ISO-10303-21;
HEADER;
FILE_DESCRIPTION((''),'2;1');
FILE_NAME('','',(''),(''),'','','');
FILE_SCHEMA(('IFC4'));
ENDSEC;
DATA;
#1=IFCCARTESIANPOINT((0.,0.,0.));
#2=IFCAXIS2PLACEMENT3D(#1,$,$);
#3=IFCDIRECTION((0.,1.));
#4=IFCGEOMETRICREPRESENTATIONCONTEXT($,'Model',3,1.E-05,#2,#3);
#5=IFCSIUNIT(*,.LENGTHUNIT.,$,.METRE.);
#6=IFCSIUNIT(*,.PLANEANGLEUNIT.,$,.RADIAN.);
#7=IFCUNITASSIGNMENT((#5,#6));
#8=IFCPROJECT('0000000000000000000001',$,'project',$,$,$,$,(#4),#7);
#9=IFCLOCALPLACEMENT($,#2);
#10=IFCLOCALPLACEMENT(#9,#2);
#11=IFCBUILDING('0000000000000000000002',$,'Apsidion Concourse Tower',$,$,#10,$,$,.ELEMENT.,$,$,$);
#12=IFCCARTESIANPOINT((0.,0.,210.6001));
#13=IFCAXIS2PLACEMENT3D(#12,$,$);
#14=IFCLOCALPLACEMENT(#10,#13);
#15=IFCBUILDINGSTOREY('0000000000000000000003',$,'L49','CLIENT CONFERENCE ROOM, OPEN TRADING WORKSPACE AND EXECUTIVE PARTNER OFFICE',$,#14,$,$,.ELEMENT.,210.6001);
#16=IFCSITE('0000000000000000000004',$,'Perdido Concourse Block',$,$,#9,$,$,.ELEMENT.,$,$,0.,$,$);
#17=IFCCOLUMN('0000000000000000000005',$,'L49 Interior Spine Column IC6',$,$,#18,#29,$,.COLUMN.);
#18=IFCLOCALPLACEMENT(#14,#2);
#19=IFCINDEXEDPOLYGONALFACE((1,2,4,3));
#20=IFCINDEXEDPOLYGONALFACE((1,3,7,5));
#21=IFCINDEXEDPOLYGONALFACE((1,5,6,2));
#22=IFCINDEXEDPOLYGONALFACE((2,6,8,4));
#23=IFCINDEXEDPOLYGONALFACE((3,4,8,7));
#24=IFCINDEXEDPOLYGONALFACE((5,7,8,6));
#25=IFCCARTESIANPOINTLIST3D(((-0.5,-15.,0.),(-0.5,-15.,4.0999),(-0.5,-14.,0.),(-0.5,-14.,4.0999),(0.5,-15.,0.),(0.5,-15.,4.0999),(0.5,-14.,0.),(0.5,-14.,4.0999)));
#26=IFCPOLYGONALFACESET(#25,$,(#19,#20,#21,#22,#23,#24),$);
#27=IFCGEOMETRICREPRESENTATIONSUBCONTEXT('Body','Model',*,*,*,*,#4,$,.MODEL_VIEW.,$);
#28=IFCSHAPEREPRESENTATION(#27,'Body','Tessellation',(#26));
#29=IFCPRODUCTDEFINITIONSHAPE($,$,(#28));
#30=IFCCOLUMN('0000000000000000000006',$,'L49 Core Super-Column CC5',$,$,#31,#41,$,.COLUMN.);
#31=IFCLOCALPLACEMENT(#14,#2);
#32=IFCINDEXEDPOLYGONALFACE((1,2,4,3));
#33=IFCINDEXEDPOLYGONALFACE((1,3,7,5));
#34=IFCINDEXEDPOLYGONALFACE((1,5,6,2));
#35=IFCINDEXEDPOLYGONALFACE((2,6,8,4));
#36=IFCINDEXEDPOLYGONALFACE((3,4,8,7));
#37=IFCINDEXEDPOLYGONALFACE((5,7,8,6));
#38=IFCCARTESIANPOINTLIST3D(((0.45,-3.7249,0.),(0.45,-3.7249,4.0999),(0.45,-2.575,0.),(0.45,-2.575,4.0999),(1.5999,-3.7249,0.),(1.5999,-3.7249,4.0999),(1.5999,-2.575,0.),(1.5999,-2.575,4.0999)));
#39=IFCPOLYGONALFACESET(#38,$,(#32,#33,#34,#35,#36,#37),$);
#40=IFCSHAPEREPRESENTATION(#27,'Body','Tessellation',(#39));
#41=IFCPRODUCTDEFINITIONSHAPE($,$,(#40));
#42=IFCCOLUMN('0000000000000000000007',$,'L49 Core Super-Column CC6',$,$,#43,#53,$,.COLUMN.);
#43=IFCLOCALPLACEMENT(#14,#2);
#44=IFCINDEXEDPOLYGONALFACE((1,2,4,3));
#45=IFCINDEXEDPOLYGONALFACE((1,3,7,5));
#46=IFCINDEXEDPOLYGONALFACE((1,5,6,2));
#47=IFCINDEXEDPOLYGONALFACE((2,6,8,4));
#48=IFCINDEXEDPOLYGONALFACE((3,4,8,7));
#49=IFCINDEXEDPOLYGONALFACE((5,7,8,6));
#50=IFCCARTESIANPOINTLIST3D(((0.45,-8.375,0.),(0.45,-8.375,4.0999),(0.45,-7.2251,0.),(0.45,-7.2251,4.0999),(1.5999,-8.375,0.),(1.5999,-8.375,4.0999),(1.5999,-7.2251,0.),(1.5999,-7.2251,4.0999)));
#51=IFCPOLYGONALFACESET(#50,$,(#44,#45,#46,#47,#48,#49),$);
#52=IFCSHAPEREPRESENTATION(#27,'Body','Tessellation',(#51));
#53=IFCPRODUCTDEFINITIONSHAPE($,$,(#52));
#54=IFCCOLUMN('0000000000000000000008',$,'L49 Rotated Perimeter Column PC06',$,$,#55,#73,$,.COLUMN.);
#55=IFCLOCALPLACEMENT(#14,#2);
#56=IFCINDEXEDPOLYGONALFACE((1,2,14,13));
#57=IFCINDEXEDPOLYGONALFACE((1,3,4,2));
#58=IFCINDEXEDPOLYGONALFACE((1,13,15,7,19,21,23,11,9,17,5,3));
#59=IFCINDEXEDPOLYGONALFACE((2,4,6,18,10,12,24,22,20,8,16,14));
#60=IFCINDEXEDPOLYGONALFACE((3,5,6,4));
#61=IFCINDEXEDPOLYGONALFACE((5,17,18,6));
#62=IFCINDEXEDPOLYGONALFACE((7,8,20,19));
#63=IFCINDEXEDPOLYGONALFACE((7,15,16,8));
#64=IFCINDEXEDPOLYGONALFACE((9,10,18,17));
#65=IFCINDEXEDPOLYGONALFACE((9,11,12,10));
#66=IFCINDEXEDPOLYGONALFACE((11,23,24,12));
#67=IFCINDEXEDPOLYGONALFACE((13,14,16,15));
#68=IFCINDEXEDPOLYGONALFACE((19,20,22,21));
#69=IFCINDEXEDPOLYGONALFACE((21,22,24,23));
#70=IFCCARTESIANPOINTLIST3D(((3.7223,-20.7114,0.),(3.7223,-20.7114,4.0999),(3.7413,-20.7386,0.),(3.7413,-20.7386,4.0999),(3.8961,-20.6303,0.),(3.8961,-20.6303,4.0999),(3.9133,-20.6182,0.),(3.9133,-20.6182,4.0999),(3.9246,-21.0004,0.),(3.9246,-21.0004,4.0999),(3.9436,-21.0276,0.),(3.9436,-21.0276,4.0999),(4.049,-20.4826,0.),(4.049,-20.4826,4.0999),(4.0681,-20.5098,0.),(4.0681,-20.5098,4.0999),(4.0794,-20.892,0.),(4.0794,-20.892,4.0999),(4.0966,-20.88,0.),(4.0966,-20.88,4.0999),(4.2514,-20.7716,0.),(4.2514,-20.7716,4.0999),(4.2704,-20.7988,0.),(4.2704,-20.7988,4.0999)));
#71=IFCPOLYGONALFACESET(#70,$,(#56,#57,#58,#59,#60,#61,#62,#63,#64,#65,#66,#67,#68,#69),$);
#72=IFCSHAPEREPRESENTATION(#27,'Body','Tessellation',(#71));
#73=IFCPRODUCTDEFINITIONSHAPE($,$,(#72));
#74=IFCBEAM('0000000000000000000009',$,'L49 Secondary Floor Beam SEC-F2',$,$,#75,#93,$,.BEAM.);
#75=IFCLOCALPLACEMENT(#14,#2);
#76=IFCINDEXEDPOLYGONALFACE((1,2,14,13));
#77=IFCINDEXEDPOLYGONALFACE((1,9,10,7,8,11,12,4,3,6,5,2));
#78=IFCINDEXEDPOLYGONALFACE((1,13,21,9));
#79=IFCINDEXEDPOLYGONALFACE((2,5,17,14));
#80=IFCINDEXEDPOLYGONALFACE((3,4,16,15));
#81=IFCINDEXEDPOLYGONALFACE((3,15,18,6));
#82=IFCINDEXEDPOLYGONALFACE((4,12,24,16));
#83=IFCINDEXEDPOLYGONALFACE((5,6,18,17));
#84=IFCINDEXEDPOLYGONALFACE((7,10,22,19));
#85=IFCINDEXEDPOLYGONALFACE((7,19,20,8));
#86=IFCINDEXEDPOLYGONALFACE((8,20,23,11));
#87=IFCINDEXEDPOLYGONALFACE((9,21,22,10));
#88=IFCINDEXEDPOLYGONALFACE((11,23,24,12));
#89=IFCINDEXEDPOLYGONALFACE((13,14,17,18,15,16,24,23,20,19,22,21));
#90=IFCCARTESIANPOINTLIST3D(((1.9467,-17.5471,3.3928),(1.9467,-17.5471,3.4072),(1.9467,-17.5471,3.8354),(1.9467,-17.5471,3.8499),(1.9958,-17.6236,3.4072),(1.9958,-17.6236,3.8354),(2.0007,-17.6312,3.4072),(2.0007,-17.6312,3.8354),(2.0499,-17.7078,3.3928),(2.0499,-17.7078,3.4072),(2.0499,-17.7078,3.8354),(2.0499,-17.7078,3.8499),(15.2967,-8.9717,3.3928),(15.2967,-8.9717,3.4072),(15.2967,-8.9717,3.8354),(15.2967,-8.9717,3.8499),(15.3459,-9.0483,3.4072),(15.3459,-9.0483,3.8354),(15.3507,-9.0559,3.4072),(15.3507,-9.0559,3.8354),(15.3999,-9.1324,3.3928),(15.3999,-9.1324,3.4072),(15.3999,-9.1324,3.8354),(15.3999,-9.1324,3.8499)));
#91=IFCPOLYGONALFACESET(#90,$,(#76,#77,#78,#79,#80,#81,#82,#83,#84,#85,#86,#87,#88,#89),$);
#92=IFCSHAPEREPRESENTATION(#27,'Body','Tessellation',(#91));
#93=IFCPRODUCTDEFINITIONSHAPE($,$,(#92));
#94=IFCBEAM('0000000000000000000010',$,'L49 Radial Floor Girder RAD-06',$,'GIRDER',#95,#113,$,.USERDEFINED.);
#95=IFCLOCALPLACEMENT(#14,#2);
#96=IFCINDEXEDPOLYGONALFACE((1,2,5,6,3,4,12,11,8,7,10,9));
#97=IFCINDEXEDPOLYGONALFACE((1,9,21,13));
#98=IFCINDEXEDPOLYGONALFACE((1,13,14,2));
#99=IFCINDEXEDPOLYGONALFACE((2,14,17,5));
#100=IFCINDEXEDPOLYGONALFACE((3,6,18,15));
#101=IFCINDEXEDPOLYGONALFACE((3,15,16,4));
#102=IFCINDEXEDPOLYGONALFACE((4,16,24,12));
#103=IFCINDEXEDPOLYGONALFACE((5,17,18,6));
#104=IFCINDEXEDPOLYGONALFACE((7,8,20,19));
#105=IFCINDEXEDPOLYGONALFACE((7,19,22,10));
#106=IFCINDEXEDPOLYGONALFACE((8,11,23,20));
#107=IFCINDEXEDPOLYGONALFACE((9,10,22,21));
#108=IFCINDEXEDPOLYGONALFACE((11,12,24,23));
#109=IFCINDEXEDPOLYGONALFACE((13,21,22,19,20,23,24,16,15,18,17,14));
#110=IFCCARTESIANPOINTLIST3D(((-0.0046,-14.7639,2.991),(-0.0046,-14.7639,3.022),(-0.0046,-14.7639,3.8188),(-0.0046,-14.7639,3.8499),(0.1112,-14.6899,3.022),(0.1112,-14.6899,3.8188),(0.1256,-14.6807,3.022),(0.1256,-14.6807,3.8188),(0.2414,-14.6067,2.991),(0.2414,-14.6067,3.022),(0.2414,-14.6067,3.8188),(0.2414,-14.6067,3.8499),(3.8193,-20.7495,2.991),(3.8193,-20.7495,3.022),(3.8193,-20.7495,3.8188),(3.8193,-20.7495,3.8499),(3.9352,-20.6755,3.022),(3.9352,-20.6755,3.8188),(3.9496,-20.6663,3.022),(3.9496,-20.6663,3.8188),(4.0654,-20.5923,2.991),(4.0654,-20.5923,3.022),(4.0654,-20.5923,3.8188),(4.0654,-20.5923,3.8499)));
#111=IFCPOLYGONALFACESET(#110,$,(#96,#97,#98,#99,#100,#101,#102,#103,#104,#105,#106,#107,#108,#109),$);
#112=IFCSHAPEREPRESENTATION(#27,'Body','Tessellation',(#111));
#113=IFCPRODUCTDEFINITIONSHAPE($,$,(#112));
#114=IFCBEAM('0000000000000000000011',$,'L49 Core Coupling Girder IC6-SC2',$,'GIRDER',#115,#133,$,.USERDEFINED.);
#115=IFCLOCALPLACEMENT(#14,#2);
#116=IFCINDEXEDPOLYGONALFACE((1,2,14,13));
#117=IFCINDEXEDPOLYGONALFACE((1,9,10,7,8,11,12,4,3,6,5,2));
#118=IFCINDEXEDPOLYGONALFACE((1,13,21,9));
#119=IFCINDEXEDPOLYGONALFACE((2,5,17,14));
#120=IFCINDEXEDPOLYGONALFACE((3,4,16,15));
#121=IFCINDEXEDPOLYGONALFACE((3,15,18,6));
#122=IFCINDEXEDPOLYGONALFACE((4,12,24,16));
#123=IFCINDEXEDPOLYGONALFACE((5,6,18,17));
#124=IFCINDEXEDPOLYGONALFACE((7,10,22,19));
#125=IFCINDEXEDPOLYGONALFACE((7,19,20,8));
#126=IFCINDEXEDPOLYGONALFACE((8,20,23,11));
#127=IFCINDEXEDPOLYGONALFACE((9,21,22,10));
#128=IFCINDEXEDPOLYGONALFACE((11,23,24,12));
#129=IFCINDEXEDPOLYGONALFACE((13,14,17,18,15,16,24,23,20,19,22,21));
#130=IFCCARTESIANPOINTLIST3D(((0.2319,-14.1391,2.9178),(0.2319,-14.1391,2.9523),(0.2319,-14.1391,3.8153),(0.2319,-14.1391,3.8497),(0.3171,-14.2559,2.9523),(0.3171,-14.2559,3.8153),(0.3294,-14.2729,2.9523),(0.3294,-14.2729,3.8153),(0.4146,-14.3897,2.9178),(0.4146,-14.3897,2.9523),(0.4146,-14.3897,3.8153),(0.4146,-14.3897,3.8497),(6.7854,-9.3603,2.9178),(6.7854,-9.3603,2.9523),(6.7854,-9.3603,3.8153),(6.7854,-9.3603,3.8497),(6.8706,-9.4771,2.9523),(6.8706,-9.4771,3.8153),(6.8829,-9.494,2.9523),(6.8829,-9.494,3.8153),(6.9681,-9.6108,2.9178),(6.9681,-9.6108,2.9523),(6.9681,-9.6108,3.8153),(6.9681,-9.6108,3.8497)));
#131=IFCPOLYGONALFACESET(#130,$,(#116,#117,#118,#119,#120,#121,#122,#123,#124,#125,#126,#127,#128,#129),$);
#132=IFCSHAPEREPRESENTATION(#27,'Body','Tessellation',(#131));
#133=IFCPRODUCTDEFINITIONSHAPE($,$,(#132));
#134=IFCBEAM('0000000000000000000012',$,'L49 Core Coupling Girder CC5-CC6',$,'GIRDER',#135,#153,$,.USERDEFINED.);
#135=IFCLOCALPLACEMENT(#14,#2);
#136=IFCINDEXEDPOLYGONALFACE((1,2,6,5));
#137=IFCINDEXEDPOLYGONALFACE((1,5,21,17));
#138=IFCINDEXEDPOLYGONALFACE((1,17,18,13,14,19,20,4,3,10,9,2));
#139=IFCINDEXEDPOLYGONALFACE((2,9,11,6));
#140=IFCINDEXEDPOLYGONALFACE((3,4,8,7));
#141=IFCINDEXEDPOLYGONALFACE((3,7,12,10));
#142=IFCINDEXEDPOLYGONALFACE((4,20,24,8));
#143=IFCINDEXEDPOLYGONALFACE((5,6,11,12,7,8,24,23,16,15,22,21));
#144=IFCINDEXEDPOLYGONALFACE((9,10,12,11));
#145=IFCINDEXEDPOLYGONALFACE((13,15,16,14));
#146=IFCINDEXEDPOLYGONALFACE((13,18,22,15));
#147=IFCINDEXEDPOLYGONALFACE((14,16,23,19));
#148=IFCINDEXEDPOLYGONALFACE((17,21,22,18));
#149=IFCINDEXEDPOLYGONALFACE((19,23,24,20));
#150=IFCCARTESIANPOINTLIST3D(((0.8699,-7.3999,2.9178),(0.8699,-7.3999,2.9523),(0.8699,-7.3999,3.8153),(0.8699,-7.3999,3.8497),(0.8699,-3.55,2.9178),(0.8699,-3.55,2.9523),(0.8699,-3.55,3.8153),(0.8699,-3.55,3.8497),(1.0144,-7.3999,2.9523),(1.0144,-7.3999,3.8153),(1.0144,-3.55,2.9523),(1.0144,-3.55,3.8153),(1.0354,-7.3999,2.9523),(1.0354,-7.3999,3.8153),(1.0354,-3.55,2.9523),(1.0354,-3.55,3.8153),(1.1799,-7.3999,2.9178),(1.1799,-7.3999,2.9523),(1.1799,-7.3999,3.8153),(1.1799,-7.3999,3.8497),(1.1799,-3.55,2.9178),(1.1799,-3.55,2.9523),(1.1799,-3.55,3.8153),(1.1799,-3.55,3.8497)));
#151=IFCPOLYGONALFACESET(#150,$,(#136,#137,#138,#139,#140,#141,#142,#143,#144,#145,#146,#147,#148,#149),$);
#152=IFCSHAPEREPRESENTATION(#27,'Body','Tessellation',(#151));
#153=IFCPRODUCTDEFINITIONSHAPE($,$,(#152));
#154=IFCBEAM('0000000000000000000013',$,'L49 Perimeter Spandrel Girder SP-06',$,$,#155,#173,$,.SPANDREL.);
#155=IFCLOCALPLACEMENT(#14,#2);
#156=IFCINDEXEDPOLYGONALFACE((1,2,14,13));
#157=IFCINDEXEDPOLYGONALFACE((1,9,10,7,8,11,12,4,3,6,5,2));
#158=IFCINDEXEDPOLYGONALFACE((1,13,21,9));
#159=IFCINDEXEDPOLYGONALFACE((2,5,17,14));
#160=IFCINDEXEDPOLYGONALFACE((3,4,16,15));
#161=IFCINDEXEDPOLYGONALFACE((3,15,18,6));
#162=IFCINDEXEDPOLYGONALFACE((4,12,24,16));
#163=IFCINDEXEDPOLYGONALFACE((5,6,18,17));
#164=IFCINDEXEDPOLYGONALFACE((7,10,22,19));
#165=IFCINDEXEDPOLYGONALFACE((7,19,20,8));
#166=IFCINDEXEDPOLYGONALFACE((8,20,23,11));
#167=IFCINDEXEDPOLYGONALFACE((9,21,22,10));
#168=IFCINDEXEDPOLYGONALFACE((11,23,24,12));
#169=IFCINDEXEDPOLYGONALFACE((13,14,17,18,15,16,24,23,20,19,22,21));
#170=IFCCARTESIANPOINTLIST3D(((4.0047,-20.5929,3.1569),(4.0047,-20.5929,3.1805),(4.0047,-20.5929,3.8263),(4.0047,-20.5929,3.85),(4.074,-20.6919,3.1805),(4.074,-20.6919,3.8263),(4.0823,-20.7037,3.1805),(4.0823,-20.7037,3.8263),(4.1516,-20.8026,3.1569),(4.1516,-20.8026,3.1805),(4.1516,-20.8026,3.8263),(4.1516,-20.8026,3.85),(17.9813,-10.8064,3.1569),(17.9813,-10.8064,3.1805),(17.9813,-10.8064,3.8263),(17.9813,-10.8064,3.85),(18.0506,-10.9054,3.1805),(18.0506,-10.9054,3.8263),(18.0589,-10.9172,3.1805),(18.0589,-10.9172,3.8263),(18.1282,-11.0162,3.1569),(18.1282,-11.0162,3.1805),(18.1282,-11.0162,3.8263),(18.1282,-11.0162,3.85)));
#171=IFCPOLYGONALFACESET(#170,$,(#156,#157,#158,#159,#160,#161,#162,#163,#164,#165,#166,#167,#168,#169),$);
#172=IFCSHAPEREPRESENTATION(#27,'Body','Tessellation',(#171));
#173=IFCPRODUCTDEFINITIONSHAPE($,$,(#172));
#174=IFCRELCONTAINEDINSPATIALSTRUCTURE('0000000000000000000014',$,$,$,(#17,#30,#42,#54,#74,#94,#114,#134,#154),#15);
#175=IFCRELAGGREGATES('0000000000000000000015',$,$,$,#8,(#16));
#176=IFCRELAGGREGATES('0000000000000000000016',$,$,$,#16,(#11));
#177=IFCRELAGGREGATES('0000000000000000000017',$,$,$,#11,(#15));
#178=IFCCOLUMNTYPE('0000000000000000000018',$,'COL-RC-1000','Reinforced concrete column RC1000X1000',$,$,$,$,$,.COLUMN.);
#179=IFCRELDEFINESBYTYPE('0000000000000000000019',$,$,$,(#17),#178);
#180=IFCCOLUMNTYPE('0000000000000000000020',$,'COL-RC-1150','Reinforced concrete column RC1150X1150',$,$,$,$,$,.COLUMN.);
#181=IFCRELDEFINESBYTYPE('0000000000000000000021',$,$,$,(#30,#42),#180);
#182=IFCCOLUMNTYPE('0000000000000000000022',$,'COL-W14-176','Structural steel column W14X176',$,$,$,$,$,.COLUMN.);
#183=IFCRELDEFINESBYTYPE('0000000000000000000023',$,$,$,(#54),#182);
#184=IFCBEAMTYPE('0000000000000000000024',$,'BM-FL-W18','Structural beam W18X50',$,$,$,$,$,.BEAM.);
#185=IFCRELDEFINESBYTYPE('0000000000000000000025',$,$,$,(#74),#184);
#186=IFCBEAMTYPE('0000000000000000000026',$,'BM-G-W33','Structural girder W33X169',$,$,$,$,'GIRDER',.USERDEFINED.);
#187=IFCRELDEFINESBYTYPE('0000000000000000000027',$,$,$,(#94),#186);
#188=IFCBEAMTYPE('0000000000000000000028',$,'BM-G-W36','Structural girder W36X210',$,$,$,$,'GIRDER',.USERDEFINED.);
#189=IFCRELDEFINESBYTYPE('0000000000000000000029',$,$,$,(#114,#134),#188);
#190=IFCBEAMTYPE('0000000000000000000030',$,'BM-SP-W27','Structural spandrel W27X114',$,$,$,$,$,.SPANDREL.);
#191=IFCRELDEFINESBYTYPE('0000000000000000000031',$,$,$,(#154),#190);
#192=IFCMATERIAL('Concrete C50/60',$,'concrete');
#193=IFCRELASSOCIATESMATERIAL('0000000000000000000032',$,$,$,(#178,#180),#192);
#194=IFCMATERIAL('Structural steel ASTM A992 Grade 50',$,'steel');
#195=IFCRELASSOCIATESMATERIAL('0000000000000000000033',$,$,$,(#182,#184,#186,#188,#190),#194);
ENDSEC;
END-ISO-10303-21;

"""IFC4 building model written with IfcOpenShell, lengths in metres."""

from ifc_helpers import new_model, si_unit, direction, frame, origin, origin_2d, place, context, subcontext, project, spatial, rectangle, i_section, extrude, material, material_profile, profile_set, type_object, element, save


model = new_model("IFC4")

# Units and contexts
model_context = context("Model", 3, precision=1e-05, world=origin(), true_north=direction((0.0, 1.0)))
body_context = subcontext(model_context, "Body", "Model", "MODEL_VIEW")
ifc_project = project(units=[si_unit("LENGTHUNIT", "METRE"), si_unit("PLANEANGLEUNIT", "RADIAN")], contexts=[model_context])

# Site, building, storey
site_placement = place(None, origin())
site = spatial("IfcSite", under=ifc_project, at=site_placement, Name="Perdido Concourse Block", CompositionType="ELEMENT", RefElevation=0.0)
building_placement = place(site_placement, origin())
building = spatial("IfcBuilding", under=site, at=building_placement, Name="Apsidion Concourse Tower", CompositionType="ELEMENT")
storey_placement = place(building_placement, frame((0.0, 0.0, 210.6001)))
storey = spatial("IfcBuildingStorey", under=building, at=storey_placement, Name="L49", Description="CLIENT CONFERENCE ROOM, OPEN TRADING WORKSPACE AND EXECUTIVE PARTNER OFFICE", CompositionType="ELEMENT", Elevation=210.6001)

# Columns
ifc_material_1 = material(Name="Concrete C50/60", Category="concrete")
ifc_material_profile_1 = material_profile(ifc_material_1, rectangle(XDim=1.0, YDim=1.0, at=origin_2d()), Name="RC 1000x1000")
ifc_profile_set_1 = profile_set([ifc_material_profile_1], Name="Concrete C50/60")
column_type_1 = type_object("IfcColumnType", Name="COL-RC-1000", Description="Reinforced concrete column RC1000X1000", PredefinedType="COLUMN", material=ifc_profile_set_1)
column_1_placement = place(storey_placement, frame((0.0, -14.5, 0.0), z_axis=(0.0, 0.0, 1.0), x_axis=(1.0, 0.0, 0.0)))
element("IfcColumn", 1, at=column_1_placement, inside=storey, type_object=column_type_1, Name="L49 Interior Spine Column IC6", PredefinedType="COLUMN", context=body_context, shape_type="SweptSolid", body=[
    extrude(rectangle(XDim=1.0, YDim=1.0, at=origin_2d()), origin(), (0.0, 0.0, 1.0), 4.0999),
])
ifc_material_profile_2 = material_profile(ifc_material_1, rectangle(XDim=1.1499, YDim=1.1499, at=origin_2d()), Name="RC 1150x1150")
ifc_profile_set_2 = profile_set([ifc_material_profile_2], Name="Concrete C50/60")
column_type_2 = type_object("IfcColumnType", Name="COL-RC-1150", Description="Reinforced concrete column RC1150X1150", PredefinedType="COLUMN", material=ifc_profile_set_2)
for number, where, z_axis, x_axis, name in (
    (2, (1.0249, -3.1499, 0.0), (0.0, 0.0, 1.0), (1.0, 0.0, 0.0), "L49 Core Super-Column CC5"),
    (3, (1.0249, -7.8, 0.0), (0.0, 0.0, 1.0), (1.0, 0.0, 0.0), "L49 Core Super-Column CC6"),
):
    element("IfcColumn", number, at=place(storey_placement, frame(where, z_axis=z_axis, x_axis=x_axis)), inside=storey, type_object=column_type_2, Name=name, PredefinedType="COLUMN", context=body_context, shape_type="SweptSolid", body=[
        extrude(rectangle(XDim=1.1499, YDim=1.1499, at=origin_2d()), origin(), (0.0, 0.0, 1.0), 4.0999),
    ])
ifc_material_2 = material(Name="Structural steel ASTM A992 Grade 50", Category="steel")
ifc_material_profile_3 = material_profile(ifc_material_2, i_section(OverallWidth=0.3989, OverallDepth=0.386, WebThickness=0.021, FlangeThickness=0.0332, at=origin_2d()), Name="W14X176")
ifc_profile_set_3 = profile_set([ifc_material_profile_3], Name="Structural steel ASTM A992 Grade 50")
column_type_3 = type_object("IfcColumnType", Name="COL-W14-176", Description="Structural steel column W14X176", PredefinedType="COLUMN", material=ifc_profile_set_3)
column_2_placement = place(storey_placement, frame((3.9963, -20.7551, 0.0), z_axis=(0.0, 0.0, 1.0), x_axis=(0.819152, 0.573576, 0.0)))
element("IfcColumn", 4, at=column_2_placement, inside=storey, type_object=column_type_3, Name="L49 Rotated Perimeter Column PC06", PredefinedType="COLUMN", context=body_context, shape_type="SweptSolid", body=[
    extrude(i_section(OverallWidth=0.3989, OverallDepth=0.386, WebThickness=0.021, FlangeThickness=0.0332, at=origin_2d()), origin(), (0.0, 0.0, 1.0), 4.0999),
])

# Beams
ifc_material_profile_4 = material_profile(ifc_material_2, i_section(OverallWidth=0.1909, OverallDepth=0.457, WebThickness=0.009, FlangeThickness=0.0144, at=origin_2d()), Name="W18X50")
ifc_profile_set_4 = profile_set([ifc_material_profile_4], Name="Structural steel ASTM A992 Grade 50")
beam_type_1 = type_object("IfcBeamType", Name="BM-FL-W18", Description="Structural beam W18X50", PredefinedType="BEAM", material=ifc_profile_set_4)
beam_1_placement = place(storey_placement, frame((1.9983, -17.6274, 3.6213), z_axis=(0.841372, 0.540456, 0.0), x_axis=(-0.540456, 0.841372, 0.0)))
element("IfcBeam", 5, at=beam_1_placement, inside=storey, type_object=beam_type_1, Name="L49 Secondary Floor Beam SEC-F2", PredefinedType="BEAM", context=body_context, shape_type="SweptSolid", body=[
    extrude(i_section(OverallWidth=0.1909, OverallDepth=0.457, WebThickness=0.009, FlangeThickness=0.0144, at=origin_2d()), origin(), (0.0, 0.0, 1.0), 15.8669),
])
ifc_material_profile_5 = material_profile(ifc_material_2, i_section(OverallWidth=0.292, OverallDepth=0.8589, WebThickness=0.0171, FlangeThickness=0.031, at=origin_2d()), Name="W33X169")
ifc_profile_set_5 = profile_set([ifc_material_profile_5], Name="Structural steel ASTM A992 Grade 50")
beam_type_2 = type_object("IfcBeamType", Name="BM-G-W33", Description="Structural girder W33X169", ElementType="GIRDER", PredefinedType="USERDEFINED", material=ifc_profile_set_5)
beam_2_placement = place(storey_placement, frame((0.1184, -14.6853, 3.4204), z_axis=(0.538374, -0.842706, 0.0), x_axis=(0.842706, 0.538374, 0.0)))
element("IfcBeam", 6, at=beam_2_placement, inside=storey, type_object=beam_type_2, Name="L49 Radial Floor Girder RAD-06", ObjectType="GIRDER", PredefinedType="USERDEFINED", context=body_context, shape_type="SweptSolid", body=[
    extrude(i_section(OverallWidth=0.292, OverallDepth=0.8589, WebThickness=0.0171, FlangeThickness=0.031, at=origin_2d()), origin(), (0.0, 0.0, 1.0), 7.1028),
])
ifc_material_profile_6 = material_profile(ifc_material_2, i_section(OverallWidth=0.3101, OverallDepth=0.9319, WebThickness=0.021, FlangeThickness=0.0344, at=origin_2d()), Name="W36X210")
ifc_profile_set_6 = profile_set([ifc_material_profile_6], Name="Structural steel ASTM A992 Grade 50")
beam_type_3 = type_object("IfcBeamType", Name="BM-G-W36", Description="Structural girder W36X210", ElementType="GIRDER", PredefinedType="USERDEFINED", material=ifc_profile_set_6)
beam_3_placement = place(storey_placement, frame((0.3232, -14.2644, 3.3838), z_axis=(0.807993, 0.589191, 0.0), x_axis=(-0.589191, 0.807993, 0.0)))
element("IfcBeam", 7, at=beam_3_placement, inside=storey, type_object=beam_type_3, Name="L49 Core Coupling Girder IC6-SC2", ObjectType="GIRDER", PredefinedType="USERDEFINED", context=body_context, shape_type="SweptSolid", body=[
    extrude(i_section(OverallWidth=0.3101, OverallDepth=0.9319, WebThickness=0.021, FlangeThickness=0.0344, at=origin_2d()), origin(), (0.0, 0.0, 1.0), 8.1108),
])
beam_4_placement = place(storey_placement, frame((1.0249, -3.55, 3.3838), z_axis=(0.0, -1.0, 0.0), x_axis=(1.0, 0.0, 0.0)))
element("IfcBeam", 8, at=beam_4_placement, inside=storey, type_object=beam_type_3, Name="L49 Core Coupling Girder CC5-CC6", ObjectType="GIRDER", PredefinedType="USERDEFINED", context=body_context, shape_type="SweptSolid", body=[
    extrude(i_section(OverallWidth=0.3101, OverallDepth=0.9319, WebThickness=0.021, FlangeThickness=0.0344, at=origin_2d()), origin(), (0.0, 0.0, 1.0), 3.8499),
])
ifc_material_profile_7 = material_profile(ifc_material_2, i_section(OverallWidth=0.2561, OverallDepth=0.6931, WebThickness=0.0144, FlangeThickness=0.0237, at=origin_2d()), Name="W27X114")
ifc_profile_set_7 = profile_set([ifc_material_profile_7], Name="Structural steel ASTM A992 Grade 50")
beam_type_4 = type_object("IfcBeamType", Name="BM-SP-W27", Description="Structural spandrel W27X114", PredefinedType="SPANDREL", material=ifc_profile_set_7)
beam_5_placement = place(storey_placement, frame((4.0781, -20.6978, 3.5034), z_axis=(0.819155, 0.573572, 0.0), x_axis=(-0.573572, 0.819155, 0.0)))
element("IfcBeam", 9, at=beam_5_placement, inside=storey, type_object=beam_type_4, Name="L49 Perimeter Spandrel Girder SP-06", PredefinedType="SPANDREL", context=body_context, shape_type="SweptSolid", body=[
    extrude(i_section(OverallWidth=0.2561, OverallDepth=0.6931, WebThickness=0.0144, FlangeThickness=0.0237, at=origin_2d()), origin(), (0.0, 0.0, 1.0), 17.0623),
])

save(model, "model.ifc")
